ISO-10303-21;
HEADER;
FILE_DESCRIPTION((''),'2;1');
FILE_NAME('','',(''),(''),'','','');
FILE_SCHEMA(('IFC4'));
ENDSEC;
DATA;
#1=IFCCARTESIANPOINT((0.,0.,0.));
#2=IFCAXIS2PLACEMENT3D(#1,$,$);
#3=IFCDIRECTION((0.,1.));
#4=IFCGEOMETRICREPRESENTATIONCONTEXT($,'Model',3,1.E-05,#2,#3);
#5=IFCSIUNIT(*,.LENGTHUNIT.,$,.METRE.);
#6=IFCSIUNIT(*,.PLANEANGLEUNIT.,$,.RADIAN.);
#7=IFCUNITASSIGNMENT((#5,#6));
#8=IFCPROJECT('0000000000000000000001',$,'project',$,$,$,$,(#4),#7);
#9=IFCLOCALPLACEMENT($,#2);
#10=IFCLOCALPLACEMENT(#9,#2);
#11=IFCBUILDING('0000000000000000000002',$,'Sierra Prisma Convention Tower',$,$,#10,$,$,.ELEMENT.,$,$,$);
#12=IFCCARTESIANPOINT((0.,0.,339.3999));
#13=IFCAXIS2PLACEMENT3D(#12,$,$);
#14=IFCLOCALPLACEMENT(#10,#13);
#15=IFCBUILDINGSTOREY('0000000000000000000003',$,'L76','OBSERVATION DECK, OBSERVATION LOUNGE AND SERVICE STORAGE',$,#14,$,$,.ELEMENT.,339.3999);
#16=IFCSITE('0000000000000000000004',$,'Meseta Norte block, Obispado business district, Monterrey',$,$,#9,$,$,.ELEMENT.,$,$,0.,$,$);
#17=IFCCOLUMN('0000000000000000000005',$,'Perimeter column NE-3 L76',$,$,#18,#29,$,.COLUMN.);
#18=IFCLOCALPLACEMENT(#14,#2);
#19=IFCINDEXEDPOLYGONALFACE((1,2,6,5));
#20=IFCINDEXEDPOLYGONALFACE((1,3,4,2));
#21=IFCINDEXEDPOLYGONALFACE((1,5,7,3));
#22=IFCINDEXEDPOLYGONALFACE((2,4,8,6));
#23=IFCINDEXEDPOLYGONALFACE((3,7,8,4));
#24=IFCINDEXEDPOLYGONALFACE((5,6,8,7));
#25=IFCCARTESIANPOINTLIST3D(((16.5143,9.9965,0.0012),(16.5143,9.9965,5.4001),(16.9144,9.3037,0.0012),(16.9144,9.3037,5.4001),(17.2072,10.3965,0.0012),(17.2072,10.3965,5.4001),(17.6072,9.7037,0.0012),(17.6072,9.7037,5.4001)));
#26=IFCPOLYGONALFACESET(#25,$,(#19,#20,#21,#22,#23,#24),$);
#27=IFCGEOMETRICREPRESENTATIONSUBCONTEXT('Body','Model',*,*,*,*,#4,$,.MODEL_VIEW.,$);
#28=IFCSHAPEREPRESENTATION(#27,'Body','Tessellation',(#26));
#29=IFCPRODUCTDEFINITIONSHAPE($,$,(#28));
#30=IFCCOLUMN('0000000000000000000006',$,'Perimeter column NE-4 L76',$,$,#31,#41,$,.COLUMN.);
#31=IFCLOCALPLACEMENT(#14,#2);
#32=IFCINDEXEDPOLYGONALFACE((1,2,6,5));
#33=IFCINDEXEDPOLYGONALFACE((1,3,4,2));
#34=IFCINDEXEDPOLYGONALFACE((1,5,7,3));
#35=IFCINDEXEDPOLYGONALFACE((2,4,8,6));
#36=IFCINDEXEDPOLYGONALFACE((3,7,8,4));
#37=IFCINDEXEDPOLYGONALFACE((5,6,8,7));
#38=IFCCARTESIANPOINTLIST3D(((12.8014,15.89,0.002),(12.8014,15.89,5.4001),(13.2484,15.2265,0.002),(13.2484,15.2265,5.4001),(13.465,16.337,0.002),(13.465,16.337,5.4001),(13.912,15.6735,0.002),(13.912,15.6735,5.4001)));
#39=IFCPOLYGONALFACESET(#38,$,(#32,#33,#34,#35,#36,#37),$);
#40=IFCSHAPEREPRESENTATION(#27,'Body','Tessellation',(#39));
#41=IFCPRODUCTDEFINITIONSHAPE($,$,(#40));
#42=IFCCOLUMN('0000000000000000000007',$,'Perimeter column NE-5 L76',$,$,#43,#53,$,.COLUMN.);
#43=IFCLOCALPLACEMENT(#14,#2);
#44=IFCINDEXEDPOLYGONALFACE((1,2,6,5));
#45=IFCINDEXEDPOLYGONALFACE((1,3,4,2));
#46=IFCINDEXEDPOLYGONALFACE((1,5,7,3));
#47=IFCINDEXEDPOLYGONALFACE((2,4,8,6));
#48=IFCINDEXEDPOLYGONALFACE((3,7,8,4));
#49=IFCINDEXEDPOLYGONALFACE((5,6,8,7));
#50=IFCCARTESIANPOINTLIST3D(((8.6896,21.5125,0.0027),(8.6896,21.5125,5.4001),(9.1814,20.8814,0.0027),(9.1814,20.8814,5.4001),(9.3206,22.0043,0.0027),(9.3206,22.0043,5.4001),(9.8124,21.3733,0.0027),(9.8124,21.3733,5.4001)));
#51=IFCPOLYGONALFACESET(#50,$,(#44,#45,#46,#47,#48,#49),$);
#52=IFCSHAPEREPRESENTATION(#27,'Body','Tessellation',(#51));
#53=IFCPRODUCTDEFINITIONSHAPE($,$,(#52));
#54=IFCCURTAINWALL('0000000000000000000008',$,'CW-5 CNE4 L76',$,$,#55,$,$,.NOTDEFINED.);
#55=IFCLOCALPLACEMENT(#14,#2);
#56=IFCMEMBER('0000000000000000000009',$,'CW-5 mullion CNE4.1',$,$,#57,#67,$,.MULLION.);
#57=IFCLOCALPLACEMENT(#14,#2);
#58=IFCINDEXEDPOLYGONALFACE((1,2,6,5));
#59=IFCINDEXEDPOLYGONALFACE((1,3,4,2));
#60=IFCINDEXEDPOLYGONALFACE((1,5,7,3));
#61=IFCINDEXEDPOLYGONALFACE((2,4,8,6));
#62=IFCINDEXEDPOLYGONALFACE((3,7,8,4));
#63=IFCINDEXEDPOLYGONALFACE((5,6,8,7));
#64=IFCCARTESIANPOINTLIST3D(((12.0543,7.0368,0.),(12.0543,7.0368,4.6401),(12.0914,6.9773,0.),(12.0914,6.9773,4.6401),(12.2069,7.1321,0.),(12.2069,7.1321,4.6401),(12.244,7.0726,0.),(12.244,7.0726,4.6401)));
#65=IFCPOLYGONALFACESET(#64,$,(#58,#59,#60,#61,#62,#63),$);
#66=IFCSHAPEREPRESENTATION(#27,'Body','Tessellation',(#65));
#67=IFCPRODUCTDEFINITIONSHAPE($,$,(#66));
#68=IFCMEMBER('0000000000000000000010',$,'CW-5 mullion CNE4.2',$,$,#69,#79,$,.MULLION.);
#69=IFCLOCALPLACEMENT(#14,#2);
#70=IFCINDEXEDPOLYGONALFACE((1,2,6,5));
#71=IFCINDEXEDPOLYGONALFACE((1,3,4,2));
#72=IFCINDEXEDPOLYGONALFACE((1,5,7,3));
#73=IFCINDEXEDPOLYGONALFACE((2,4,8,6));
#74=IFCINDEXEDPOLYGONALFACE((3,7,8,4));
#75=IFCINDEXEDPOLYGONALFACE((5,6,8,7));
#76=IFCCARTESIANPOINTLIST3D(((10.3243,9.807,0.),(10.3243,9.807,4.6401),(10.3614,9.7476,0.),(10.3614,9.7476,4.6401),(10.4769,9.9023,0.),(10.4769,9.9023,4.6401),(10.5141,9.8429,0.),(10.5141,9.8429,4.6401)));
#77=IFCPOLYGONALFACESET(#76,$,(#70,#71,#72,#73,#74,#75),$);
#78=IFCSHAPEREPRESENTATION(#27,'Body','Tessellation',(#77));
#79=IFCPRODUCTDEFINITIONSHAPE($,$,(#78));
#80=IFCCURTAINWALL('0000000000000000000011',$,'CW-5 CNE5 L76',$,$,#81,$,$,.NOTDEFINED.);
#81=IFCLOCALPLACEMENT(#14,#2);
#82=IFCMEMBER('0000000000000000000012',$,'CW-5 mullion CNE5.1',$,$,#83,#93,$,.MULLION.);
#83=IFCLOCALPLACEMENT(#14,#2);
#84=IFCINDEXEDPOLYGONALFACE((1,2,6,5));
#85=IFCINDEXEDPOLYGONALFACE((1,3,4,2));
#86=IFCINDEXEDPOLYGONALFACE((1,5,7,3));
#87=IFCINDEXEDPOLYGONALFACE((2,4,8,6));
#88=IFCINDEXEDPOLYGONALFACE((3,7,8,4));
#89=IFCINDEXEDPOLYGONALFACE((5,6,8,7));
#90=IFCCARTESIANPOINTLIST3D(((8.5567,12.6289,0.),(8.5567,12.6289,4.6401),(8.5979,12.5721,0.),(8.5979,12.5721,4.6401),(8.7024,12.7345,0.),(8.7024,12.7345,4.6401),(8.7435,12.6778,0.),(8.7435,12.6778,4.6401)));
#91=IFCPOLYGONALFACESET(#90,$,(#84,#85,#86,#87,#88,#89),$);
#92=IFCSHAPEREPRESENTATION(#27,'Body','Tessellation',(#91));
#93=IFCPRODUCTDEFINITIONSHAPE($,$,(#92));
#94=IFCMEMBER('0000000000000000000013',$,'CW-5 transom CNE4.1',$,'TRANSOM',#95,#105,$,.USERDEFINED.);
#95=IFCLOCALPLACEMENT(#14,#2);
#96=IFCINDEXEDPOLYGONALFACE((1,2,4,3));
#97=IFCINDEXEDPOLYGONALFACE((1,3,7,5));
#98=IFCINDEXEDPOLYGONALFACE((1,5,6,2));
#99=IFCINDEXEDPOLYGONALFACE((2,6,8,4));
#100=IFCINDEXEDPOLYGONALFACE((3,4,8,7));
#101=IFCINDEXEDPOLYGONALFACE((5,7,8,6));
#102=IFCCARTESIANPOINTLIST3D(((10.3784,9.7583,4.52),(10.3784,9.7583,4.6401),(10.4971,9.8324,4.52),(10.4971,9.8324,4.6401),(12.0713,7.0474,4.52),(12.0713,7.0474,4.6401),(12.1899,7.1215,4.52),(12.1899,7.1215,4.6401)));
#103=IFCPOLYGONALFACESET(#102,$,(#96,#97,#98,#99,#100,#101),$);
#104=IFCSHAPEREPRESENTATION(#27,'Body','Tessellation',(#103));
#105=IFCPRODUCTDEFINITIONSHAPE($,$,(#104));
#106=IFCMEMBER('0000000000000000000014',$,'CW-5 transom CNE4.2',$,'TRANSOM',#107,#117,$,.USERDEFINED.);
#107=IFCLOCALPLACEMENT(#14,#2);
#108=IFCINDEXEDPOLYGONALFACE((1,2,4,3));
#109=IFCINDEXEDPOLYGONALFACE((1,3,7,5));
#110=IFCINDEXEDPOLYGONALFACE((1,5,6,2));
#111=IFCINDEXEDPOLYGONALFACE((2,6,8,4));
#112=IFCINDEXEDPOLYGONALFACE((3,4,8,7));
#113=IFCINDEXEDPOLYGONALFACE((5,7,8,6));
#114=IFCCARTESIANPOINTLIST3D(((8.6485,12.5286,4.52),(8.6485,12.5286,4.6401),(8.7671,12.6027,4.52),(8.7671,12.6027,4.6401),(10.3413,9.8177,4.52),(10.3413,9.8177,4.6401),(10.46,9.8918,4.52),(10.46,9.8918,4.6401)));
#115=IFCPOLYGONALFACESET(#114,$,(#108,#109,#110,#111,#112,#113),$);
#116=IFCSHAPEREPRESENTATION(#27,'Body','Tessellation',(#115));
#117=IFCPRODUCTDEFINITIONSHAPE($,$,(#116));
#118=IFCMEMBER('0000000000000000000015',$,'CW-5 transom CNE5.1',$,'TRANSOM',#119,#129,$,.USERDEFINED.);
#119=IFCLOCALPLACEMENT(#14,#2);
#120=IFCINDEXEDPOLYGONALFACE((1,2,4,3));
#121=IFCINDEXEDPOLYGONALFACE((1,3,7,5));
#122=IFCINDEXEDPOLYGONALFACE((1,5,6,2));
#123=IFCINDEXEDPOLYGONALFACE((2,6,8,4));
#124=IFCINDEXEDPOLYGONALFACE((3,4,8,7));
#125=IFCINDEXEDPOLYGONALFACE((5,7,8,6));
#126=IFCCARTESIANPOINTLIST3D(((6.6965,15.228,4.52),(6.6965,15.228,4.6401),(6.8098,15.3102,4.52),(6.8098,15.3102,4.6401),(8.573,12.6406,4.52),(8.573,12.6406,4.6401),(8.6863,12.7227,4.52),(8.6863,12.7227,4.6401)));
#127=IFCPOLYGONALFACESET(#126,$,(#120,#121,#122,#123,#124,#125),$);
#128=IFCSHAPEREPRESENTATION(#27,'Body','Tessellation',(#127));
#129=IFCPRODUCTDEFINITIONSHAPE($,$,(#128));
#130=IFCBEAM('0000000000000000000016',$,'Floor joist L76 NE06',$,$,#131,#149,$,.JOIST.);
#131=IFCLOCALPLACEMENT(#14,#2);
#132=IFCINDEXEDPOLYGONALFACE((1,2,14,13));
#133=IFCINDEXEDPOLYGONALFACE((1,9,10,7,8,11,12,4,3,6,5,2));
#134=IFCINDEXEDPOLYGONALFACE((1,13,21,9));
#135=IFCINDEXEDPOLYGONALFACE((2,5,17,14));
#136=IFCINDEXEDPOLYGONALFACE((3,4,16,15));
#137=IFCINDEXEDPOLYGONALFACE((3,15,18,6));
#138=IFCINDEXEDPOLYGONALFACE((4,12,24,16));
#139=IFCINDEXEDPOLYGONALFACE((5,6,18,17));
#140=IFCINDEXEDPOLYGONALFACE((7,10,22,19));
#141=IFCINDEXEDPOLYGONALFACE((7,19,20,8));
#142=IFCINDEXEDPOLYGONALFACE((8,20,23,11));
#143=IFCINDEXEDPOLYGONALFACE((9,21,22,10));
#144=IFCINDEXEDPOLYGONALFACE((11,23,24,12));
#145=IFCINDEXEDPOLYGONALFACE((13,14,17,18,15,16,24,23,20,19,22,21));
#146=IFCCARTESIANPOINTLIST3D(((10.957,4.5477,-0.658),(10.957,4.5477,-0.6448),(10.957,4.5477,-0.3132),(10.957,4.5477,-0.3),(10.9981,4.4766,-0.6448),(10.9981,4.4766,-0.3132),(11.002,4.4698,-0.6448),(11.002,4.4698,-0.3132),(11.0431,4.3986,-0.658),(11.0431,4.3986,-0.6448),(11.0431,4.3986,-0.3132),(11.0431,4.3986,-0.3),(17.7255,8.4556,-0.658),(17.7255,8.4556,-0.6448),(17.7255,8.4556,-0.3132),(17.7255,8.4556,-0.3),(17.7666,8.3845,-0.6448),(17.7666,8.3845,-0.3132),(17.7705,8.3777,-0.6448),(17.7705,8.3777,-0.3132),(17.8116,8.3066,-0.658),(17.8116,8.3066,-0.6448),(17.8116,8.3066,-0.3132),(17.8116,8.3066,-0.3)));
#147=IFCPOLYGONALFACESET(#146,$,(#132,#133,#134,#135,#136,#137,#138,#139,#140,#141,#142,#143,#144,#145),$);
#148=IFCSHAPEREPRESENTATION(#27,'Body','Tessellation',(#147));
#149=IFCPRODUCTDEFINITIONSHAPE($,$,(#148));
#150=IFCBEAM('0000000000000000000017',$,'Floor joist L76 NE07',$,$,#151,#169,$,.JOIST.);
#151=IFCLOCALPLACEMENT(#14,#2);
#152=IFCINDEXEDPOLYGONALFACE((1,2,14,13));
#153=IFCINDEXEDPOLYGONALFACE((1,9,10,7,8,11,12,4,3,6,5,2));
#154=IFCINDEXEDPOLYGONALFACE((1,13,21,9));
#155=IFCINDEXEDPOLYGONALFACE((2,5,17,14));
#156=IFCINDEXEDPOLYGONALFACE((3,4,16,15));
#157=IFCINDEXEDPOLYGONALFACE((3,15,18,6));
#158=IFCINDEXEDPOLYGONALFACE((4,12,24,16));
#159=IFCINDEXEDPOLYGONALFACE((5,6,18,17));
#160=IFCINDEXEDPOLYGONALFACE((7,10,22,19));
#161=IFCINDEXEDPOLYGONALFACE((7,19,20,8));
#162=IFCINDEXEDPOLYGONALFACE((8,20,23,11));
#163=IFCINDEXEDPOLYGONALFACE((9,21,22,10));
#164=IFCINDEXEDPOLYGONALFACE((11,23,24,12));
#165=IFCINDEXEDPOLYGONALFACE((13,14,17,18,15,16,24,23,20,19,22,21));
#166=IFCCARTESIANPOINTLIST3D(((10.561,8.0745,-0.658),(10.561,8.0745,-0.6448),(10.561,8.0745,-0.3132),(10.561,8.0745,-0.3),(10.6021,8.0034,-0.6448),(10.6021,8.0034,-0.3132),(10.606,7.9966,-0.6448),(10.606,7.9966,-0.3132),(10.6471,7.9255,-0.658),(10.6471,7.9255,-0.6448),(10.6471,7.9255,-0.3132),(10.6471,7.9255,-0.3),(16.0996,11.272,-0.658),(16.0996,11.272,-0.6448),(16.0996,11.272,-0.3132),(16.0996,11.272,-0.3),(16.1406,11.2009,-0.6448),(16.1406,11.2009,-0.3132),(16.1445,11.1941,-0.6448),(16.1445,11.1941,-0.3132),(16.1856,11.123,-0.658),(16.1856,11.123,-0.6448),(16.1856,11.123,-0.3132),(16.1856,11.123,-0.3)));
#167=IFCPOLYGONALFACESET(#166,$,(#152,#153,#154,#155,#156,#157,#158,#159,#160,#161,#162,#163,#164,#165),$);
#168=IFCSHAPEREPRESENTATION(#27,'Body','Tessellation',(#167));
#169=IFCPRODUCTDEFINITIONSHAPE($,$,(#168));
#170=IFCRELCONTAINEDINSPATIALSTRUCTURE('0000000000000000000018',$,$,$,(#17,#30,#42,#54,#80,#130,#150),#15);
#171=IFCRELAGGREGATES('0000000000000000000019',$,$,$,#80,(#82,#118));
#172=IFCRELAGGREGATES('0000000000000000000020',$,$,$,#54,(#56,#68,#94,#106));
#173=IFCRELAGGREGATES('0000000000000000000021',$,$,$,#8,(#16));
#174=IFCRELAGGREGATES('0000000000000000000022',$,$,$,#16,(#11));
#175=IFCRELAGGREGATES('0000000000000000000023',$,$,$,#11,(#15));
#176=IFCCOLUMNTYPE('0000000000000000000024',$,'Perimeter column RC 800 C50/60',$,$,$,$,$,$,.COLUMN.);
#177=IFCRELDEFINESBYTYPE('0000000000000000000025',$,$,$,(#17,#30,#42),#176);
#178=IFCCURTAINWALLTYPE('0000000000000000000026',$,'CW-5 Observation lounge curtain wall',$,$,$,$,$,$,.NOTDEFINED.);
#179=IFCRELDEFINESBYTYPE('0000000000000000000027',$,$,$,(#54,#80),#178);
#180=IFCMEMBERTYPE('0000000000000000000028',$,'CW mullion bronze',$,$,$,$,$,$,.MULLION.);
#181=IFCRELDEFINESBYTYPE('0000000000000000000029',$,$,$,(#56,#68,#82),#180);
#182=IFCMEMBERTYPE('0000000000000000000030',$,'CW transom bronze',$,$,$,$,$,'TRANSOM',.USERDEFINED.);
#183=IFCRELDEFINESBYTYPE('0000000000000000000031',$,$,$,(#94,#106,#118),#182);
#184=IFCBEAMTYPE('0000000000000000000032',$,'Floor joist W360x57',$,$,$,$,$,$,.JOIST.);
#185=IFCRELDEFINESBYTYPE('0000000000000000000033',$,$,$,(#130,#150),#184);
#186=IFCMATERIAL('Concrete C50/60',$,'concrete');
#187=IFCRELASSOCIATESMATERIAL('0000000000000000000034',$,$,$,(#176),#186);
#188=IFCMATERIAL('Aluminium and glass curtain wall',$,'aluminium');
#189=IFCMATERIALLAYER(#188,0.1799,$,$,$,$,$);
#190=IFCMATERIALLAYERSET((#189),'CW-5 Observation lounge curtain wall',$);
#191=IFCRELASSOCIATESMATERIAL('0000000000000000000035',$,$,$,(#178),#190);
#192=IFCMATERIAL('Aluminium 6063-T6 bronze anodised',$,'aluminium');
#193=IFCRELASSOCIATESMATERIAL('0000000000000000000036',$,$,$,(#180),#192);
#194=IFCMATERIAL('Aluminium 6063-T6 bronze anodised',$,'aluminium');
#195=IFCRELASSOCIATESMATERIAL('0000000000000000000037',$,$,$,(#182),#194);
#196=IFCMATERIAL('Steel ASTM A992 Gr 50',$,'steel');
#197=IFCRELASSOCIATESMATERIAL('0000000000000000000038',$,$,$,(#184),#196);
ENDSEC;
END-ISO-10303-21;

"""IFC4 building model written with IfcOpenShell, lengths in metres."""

from ifc_helpers import new_model, si_unit, direction, frame, origin, origin_2d, place, context, subcontext, project, spatial, rectangle, i_section, extrude, clip, halfspace, material, layer, layer_set, material_profile, profile_set, type_object, element, aggregate, save


model = new_model("IFC4")

# Units and contexts
model_context = context("Model", 3, precision=1e-05, world=origin(), true_north=direction((0.0, 1.0)))
body_context = subcontext(model_context, "Body", "Model", "MODEL_VIEW")
ifc_project = project(units=[si_unit("LENGTHUNIT", "METRE"), si_unit("PLANEANGLEUNIT", "RADIAN")], contexts=[model_context])

# Site, building, storey
site_placement = place(None, origin())
site = spatial("IfcSite", under=ifc_project, at=site_placement, Name="Meseta Norte block, Obispado business district, Monterrey", CompositionType="ELEMENT", RefElevation=0.0)
building_placement = place(site_placement, origin())
building = spatial("IfcBuilding", under=site, at=building_placement, Name="Sierra Prisma Convention Tower", CompositionType="ELEMENT")
storey_placement = place(building_placement, frame((0.0, 0.0, 339.3999)))
storey = spatial("IfcBuildingStorey", under=building, at=storey_placement, Name="L76", Description="OBSERVATION DECK, OBSERVATION LOUNGE AND SERVICE STORAGE", CompositionType="ELEMENT", Elevation=339.3999)

# Columns
ifc_material_1 = material(Name="Concrete C50/60", Category="concrete")
ifc_material_profile_1 = material_profile(ifc_material_1, rectangle(XDim=0.8, YDim=0.8, at=origin_2d()), Name="Perimeter column RC 800 C50/60")
ifc_profile_set_1 = profile_set([ifc_material_profile_1], Name="Concrete C50/60")
column_type = type_object("IfcColumnType", Name="Perimeter column RC 800 C50/60", PredefinedType="COLUMN", material=ifc_profile_set_1)
column_1_placement = place(storey_placement, frame((17.0608, 9.8501, 0.0), z_axis=(0.0, 0.0, 1.0), x_axis=(-0.5, 0.866025, 0.0)))
element("IfcColumn", 1, at=column_1_placement, inside=storey, type_object=column_type, Name="Perimeter column NE-3 L76", PredefinedType="COLUMN", context=body_context, shape_type="SweptSolid", body=[
    clip(extrude(rectangle(XDim=0.8, YDim=0.8, at=origin_2d()), origin(), (0.0, 0.0, 1.0), 5.4001), halfspace(frame((0.0, 0.0, 0.0012)), True)),
])
column_2_placement = place(storey_placement, frame((13.3567, 15.7817, 0.0), z_axis=(0.0, 0.0, 1.0), x_axis=(-0.55871, 0.829363, 0.0)))
element("IfcColumn", 2, at=column_2_placement, inside=storey, type_object=column_type, Name="Perimeter column NE-4 L76", PredefinedType="COLUMN", context=body_context, shape_type="SweptSolid", body=[
    clip(extrude(rectangle(XDim=0.8, YDim=0.8, at=origin_2d()), origin(), (0.0, 0.0, 1.0), 5.4001), halfspace(frame((0.0, 0.0, 0.002)), True)),
])
column_3_placement = place(storey_placement, frame((9.251, 21.4429, 0.0), z_axis=(0.0, 0.0, 1.0), x_axis=(-0.614744, 0.788727, 0.0)))
element("IfcColumn", 3, at=column_3_placement, inside=storey, type_object=column_type, Name="Perimeter column NE-5 L76", PredefinedType="COLUMN", context=body_context, shape_type="SweptSolid", body=[
    clip(extrude(rectangle(XDim=0.8, YDim=0.8, at=origin_2d()), origin(), (0.0, 0.0, 1.0), 5.4001), halfspace(frame((0.0, 0.0, 0.0027)), True)),
])

# Curtain wall, members
ifc_material_2 = material(Name="Aluminium and glass curtain wall", Category="aluminium")
ifc_layer_1 = layer(ifc_material_2, 0.1799)
ifc_layer_set_1 = layer_set([ifc_layer_1], Name="CW-5 Observation lounge curtain wall")
curtain_wall_type = type_object("IfcCurtainWallType", Name="CW-5 Observation lounge curtain wall", PredefinedType="NOTDEFINED", material=ifc_layer_set_1)
curtain_wall_1_placement = place(storey_placement, origin())
curtain_wall_1 = element("IfcCurtainWall", 4, at=curtain_wall_1_placement, inside=storey, type_object=curtain_wall_type, Name="CW-5 CNE4 L76", PredefinedType="NOTDEFINED")
ifc_material_3 = material(Name="Aluminium 6063-T6 bronze anodised", Category="aluminium")
ifc_material_profile_2 = material_profile(ifc_material_3, rectangle(XDim=0.1799, YDim=0.0701, at=origin_2d()), Name="ALU MULLION 70x180")
ifc_profile_set_2 = profile_set([ifc_material_profile_2], Name="Aluminium 6063-T6 bronze anodised")
member_type_1 = type_object("IfcMemberType", Name="CW mullion bronze", PredefinedType="MULLION", material=ifc_profile_set_2)
member_1_placement = place(storey_placement, frame((12.1492, 7.0547, 0.0), z_axis=(0.0, 0.0, 1.0), x_axis=(-0.848202, -0.529672, 0.0)))
member_1 = element("IfcMember", 5, at=member_1_placement, type_object=member_type_1, Name="CW-5 mullion CNE4.1", PredefinedType="MULLION", context=body_context, shape_type="SweptSolid", body=[
    extrude(rectangle(XDim=0.1799, YDim=0.0701, at=origin_2d()), origin(), (0.0, 0.0, 1.0), 4.6401),
])
member_2_placement = place(storey_placement, frame((10.4192, 9.825, 0.0), z_axis=(0.0, 0.0, 1.0), x_axis=(-0.848202, -0.529672, 0.0)))
member_2 = element("IfcMember", 6, at=member_2_placement, type_object=member_type_1, Name="CW-5 mullion CNE4.2", PredefinedType="MULLION", context=body_context, shape_type="SweptSolid", body=[
    extrude(rectangle(XDim=0.1799, YDim=0.0701, at=origin_2d()), origin(), (0.0, 0.0, 1.0), 4.6401),
])

# Curtain wall, member
curtain_wall_2_placement = place(storey_placement, origin())
curtain_wall_2 = element("IfcCurtainWall", 7, at=curtain_wall_2_placement, inside=storey, type_object=curtain_wall_type, Name="CW-5 CNE5 L76", PredefinedType="NOTDEFINED")
member_3_placement = place(storey_placement, frame((8.6501, 12.6533, 0.0), z_axis=(0.0, 0.0, 1.0), x_axis=(-0.80953, -0.587078, 0.0)))
member_3 = element("IfcMember", 8, at=member_3_placement, type_object=member_type_1, Name="CW-5 mullion CNE5.1", PredefinedType="MULLION", context=body_context, shape_type="SweptSolid", body=[
    extrude(rectangle(XDim=0.1799, YDim=0.0701, at=origin_2d()), origin(), (0.0, 0.0, 1.0), 4.6401),
])

# Members
ifc_material_4 = material(Name="Aluminium 6063-T6 bronze anodised", Category="aluminium")
ifc_material_profile_3 = material_profile(ifc_material_4, rectangle(XDim=0.1399, YDim=0.1201, at=origin_2d()), Name="ALU TRANSOM 120x140")
ifc_profile_set_3 = profile_set([ifc_material_profile_3], Name="Aluminium 6063-T6 bronze anodised")
member_type_2 = type_object("IfcMemberType", Name="CW transom bronze", ElementType="TRANSOM", PredefinedType="USERDEFINED", material=ifc_profile_set_3)
member_4_placement = place(storey_placement, frame((12.1306, 7.0845, 4.5801), z_axis=(-0.529669, 0.848204, 0.0), x_axis=(-0.848204, -0.529669, 0.0)))
member_4 = element("IfcMember", 9, at=member_4_placement, type_object=member_type_2, Name="CW-5 transom CNE4.1", ObjectType="TRANSOM", PredefinedType="USERDEFINED", context=body_context, shape_type="SweptSolid", body=[
    extrude(rectangle(XDim=0.1399, YDim=0.1201, at=origin_2d()), origin(), (0.0, 0.0, 1.0), 3.196),
])
member_5_placement = place(storey_placement, frame((10.4006, 9.8547, 4.5801), z_axis=(-0.529669, 0.848204, 0.0), x_axis=(-0.848204, -0.529669, 0.0)))
member_5 = element("IfcMember", 10, at=member_5_placement, type_object=member_type_2, Name="CW-5 transom CNE4.2", ObjectType="TRANSOM", PredefinedType="USERDEFINED", context=body_context, shape_type="SweptSolid", body=[
    extrude(rectangle(XDim=0.1399, YDim=0.1201, at=origin_2d()), origin(), (0.0, 0.0, 1.0), 3.196),
])
member_6_placement = place(storey_placement, frame((8.6296, 12.6816, 4.5801), z_axis=(-0.58709, 0.809522, 0.0), x_axis=(-0.809522, -0.58709, 0.0)))
member_6 = element("IfcMember", 11, at=member_6_placement, type_object=member_type_2, Name="CW-5 transom CNE5.1", ObjectType="TRANSOM", PredefinedType="USERDEFINED", context=body_context, shape_type="SweptSolid", body=[
    extrude(rectangle(XDim=0.1399, YDim=0.1201, at=origin_2d()), origin(), (0.0, 0.0, 1.0), 3.1963),
])
aggregate(curtain_wall_2, [member_3, member_6])

# Beams
ifc_material_5 = material(Name="Steel ASTM A992 Gr 50", Category="steel")
ifc_material_profile_4 = material_profile(ifc_material_5, i_section(OverallWidth=0.1721, OverallDepth=0.3579, WebThickness=0.0078, FlangeThickness=0.0132, at=origin_2d()), Name="W360x57")
ifc_profile_set_4 = profile_set([ifc_material_profile_4], Name="Steel ASTM A992 Gr 50")
beam_type_1 = type_object("IfcBeamType", Name="Floor joist W360x57", PredefinedType="JOIST", material=ifc_profile_set_4)
beam_1_placement = place(storey_placement, frame((17.7686, 8.3811, -0.479), z_axis=(-0.866018, -0.500013, 0.0), x_axis=(0.500013, -0.866018, 0.0)))
element("IfcBeam", 12, at=beam_1_placement, inside=storey, type_object=beam_type_1, Name="Floor joist L76 NE06", PredefinedType="JOIST", context=body_context, shape_type="SweptSolid", body=[
    extrude(i_section(OverallWidth=0.1721, OverallDepth=0.3579, WebThickness=0.0078, FlangeThickness=0.0132, at=origin_2d()), origin(), (0.0, 0.0, 1.0), 7.8157),
])
beam_2_placement = place(storey_placement, frame((16.1426, 11.1975, -0.479), z_axis=(-0.866038, -0.499978, 0.0), x_axis=(0.499978, -0.866038, 0.0)))
element("IfcBeam", 13, at=beam_2_placement, inside=storey, type_object=beam_type_1, Name="Floor joist L76 NE07", PredefinedType="JOIST", context=body_context, shape_type="SweptSolid", body=[
    extrude(i_section(OverallWidth=0.1721, OverallDepth=0.3579, WebThickness=0.0078, FlangeThickness=0.0132, at=origin_2d()), origin(), (0.0, 0.0, 1.0), 6.3953),
])

aggregate(curtain_wall_1, [member_1, member_2, member_4, member_5])

save(model, "model.ifc")
